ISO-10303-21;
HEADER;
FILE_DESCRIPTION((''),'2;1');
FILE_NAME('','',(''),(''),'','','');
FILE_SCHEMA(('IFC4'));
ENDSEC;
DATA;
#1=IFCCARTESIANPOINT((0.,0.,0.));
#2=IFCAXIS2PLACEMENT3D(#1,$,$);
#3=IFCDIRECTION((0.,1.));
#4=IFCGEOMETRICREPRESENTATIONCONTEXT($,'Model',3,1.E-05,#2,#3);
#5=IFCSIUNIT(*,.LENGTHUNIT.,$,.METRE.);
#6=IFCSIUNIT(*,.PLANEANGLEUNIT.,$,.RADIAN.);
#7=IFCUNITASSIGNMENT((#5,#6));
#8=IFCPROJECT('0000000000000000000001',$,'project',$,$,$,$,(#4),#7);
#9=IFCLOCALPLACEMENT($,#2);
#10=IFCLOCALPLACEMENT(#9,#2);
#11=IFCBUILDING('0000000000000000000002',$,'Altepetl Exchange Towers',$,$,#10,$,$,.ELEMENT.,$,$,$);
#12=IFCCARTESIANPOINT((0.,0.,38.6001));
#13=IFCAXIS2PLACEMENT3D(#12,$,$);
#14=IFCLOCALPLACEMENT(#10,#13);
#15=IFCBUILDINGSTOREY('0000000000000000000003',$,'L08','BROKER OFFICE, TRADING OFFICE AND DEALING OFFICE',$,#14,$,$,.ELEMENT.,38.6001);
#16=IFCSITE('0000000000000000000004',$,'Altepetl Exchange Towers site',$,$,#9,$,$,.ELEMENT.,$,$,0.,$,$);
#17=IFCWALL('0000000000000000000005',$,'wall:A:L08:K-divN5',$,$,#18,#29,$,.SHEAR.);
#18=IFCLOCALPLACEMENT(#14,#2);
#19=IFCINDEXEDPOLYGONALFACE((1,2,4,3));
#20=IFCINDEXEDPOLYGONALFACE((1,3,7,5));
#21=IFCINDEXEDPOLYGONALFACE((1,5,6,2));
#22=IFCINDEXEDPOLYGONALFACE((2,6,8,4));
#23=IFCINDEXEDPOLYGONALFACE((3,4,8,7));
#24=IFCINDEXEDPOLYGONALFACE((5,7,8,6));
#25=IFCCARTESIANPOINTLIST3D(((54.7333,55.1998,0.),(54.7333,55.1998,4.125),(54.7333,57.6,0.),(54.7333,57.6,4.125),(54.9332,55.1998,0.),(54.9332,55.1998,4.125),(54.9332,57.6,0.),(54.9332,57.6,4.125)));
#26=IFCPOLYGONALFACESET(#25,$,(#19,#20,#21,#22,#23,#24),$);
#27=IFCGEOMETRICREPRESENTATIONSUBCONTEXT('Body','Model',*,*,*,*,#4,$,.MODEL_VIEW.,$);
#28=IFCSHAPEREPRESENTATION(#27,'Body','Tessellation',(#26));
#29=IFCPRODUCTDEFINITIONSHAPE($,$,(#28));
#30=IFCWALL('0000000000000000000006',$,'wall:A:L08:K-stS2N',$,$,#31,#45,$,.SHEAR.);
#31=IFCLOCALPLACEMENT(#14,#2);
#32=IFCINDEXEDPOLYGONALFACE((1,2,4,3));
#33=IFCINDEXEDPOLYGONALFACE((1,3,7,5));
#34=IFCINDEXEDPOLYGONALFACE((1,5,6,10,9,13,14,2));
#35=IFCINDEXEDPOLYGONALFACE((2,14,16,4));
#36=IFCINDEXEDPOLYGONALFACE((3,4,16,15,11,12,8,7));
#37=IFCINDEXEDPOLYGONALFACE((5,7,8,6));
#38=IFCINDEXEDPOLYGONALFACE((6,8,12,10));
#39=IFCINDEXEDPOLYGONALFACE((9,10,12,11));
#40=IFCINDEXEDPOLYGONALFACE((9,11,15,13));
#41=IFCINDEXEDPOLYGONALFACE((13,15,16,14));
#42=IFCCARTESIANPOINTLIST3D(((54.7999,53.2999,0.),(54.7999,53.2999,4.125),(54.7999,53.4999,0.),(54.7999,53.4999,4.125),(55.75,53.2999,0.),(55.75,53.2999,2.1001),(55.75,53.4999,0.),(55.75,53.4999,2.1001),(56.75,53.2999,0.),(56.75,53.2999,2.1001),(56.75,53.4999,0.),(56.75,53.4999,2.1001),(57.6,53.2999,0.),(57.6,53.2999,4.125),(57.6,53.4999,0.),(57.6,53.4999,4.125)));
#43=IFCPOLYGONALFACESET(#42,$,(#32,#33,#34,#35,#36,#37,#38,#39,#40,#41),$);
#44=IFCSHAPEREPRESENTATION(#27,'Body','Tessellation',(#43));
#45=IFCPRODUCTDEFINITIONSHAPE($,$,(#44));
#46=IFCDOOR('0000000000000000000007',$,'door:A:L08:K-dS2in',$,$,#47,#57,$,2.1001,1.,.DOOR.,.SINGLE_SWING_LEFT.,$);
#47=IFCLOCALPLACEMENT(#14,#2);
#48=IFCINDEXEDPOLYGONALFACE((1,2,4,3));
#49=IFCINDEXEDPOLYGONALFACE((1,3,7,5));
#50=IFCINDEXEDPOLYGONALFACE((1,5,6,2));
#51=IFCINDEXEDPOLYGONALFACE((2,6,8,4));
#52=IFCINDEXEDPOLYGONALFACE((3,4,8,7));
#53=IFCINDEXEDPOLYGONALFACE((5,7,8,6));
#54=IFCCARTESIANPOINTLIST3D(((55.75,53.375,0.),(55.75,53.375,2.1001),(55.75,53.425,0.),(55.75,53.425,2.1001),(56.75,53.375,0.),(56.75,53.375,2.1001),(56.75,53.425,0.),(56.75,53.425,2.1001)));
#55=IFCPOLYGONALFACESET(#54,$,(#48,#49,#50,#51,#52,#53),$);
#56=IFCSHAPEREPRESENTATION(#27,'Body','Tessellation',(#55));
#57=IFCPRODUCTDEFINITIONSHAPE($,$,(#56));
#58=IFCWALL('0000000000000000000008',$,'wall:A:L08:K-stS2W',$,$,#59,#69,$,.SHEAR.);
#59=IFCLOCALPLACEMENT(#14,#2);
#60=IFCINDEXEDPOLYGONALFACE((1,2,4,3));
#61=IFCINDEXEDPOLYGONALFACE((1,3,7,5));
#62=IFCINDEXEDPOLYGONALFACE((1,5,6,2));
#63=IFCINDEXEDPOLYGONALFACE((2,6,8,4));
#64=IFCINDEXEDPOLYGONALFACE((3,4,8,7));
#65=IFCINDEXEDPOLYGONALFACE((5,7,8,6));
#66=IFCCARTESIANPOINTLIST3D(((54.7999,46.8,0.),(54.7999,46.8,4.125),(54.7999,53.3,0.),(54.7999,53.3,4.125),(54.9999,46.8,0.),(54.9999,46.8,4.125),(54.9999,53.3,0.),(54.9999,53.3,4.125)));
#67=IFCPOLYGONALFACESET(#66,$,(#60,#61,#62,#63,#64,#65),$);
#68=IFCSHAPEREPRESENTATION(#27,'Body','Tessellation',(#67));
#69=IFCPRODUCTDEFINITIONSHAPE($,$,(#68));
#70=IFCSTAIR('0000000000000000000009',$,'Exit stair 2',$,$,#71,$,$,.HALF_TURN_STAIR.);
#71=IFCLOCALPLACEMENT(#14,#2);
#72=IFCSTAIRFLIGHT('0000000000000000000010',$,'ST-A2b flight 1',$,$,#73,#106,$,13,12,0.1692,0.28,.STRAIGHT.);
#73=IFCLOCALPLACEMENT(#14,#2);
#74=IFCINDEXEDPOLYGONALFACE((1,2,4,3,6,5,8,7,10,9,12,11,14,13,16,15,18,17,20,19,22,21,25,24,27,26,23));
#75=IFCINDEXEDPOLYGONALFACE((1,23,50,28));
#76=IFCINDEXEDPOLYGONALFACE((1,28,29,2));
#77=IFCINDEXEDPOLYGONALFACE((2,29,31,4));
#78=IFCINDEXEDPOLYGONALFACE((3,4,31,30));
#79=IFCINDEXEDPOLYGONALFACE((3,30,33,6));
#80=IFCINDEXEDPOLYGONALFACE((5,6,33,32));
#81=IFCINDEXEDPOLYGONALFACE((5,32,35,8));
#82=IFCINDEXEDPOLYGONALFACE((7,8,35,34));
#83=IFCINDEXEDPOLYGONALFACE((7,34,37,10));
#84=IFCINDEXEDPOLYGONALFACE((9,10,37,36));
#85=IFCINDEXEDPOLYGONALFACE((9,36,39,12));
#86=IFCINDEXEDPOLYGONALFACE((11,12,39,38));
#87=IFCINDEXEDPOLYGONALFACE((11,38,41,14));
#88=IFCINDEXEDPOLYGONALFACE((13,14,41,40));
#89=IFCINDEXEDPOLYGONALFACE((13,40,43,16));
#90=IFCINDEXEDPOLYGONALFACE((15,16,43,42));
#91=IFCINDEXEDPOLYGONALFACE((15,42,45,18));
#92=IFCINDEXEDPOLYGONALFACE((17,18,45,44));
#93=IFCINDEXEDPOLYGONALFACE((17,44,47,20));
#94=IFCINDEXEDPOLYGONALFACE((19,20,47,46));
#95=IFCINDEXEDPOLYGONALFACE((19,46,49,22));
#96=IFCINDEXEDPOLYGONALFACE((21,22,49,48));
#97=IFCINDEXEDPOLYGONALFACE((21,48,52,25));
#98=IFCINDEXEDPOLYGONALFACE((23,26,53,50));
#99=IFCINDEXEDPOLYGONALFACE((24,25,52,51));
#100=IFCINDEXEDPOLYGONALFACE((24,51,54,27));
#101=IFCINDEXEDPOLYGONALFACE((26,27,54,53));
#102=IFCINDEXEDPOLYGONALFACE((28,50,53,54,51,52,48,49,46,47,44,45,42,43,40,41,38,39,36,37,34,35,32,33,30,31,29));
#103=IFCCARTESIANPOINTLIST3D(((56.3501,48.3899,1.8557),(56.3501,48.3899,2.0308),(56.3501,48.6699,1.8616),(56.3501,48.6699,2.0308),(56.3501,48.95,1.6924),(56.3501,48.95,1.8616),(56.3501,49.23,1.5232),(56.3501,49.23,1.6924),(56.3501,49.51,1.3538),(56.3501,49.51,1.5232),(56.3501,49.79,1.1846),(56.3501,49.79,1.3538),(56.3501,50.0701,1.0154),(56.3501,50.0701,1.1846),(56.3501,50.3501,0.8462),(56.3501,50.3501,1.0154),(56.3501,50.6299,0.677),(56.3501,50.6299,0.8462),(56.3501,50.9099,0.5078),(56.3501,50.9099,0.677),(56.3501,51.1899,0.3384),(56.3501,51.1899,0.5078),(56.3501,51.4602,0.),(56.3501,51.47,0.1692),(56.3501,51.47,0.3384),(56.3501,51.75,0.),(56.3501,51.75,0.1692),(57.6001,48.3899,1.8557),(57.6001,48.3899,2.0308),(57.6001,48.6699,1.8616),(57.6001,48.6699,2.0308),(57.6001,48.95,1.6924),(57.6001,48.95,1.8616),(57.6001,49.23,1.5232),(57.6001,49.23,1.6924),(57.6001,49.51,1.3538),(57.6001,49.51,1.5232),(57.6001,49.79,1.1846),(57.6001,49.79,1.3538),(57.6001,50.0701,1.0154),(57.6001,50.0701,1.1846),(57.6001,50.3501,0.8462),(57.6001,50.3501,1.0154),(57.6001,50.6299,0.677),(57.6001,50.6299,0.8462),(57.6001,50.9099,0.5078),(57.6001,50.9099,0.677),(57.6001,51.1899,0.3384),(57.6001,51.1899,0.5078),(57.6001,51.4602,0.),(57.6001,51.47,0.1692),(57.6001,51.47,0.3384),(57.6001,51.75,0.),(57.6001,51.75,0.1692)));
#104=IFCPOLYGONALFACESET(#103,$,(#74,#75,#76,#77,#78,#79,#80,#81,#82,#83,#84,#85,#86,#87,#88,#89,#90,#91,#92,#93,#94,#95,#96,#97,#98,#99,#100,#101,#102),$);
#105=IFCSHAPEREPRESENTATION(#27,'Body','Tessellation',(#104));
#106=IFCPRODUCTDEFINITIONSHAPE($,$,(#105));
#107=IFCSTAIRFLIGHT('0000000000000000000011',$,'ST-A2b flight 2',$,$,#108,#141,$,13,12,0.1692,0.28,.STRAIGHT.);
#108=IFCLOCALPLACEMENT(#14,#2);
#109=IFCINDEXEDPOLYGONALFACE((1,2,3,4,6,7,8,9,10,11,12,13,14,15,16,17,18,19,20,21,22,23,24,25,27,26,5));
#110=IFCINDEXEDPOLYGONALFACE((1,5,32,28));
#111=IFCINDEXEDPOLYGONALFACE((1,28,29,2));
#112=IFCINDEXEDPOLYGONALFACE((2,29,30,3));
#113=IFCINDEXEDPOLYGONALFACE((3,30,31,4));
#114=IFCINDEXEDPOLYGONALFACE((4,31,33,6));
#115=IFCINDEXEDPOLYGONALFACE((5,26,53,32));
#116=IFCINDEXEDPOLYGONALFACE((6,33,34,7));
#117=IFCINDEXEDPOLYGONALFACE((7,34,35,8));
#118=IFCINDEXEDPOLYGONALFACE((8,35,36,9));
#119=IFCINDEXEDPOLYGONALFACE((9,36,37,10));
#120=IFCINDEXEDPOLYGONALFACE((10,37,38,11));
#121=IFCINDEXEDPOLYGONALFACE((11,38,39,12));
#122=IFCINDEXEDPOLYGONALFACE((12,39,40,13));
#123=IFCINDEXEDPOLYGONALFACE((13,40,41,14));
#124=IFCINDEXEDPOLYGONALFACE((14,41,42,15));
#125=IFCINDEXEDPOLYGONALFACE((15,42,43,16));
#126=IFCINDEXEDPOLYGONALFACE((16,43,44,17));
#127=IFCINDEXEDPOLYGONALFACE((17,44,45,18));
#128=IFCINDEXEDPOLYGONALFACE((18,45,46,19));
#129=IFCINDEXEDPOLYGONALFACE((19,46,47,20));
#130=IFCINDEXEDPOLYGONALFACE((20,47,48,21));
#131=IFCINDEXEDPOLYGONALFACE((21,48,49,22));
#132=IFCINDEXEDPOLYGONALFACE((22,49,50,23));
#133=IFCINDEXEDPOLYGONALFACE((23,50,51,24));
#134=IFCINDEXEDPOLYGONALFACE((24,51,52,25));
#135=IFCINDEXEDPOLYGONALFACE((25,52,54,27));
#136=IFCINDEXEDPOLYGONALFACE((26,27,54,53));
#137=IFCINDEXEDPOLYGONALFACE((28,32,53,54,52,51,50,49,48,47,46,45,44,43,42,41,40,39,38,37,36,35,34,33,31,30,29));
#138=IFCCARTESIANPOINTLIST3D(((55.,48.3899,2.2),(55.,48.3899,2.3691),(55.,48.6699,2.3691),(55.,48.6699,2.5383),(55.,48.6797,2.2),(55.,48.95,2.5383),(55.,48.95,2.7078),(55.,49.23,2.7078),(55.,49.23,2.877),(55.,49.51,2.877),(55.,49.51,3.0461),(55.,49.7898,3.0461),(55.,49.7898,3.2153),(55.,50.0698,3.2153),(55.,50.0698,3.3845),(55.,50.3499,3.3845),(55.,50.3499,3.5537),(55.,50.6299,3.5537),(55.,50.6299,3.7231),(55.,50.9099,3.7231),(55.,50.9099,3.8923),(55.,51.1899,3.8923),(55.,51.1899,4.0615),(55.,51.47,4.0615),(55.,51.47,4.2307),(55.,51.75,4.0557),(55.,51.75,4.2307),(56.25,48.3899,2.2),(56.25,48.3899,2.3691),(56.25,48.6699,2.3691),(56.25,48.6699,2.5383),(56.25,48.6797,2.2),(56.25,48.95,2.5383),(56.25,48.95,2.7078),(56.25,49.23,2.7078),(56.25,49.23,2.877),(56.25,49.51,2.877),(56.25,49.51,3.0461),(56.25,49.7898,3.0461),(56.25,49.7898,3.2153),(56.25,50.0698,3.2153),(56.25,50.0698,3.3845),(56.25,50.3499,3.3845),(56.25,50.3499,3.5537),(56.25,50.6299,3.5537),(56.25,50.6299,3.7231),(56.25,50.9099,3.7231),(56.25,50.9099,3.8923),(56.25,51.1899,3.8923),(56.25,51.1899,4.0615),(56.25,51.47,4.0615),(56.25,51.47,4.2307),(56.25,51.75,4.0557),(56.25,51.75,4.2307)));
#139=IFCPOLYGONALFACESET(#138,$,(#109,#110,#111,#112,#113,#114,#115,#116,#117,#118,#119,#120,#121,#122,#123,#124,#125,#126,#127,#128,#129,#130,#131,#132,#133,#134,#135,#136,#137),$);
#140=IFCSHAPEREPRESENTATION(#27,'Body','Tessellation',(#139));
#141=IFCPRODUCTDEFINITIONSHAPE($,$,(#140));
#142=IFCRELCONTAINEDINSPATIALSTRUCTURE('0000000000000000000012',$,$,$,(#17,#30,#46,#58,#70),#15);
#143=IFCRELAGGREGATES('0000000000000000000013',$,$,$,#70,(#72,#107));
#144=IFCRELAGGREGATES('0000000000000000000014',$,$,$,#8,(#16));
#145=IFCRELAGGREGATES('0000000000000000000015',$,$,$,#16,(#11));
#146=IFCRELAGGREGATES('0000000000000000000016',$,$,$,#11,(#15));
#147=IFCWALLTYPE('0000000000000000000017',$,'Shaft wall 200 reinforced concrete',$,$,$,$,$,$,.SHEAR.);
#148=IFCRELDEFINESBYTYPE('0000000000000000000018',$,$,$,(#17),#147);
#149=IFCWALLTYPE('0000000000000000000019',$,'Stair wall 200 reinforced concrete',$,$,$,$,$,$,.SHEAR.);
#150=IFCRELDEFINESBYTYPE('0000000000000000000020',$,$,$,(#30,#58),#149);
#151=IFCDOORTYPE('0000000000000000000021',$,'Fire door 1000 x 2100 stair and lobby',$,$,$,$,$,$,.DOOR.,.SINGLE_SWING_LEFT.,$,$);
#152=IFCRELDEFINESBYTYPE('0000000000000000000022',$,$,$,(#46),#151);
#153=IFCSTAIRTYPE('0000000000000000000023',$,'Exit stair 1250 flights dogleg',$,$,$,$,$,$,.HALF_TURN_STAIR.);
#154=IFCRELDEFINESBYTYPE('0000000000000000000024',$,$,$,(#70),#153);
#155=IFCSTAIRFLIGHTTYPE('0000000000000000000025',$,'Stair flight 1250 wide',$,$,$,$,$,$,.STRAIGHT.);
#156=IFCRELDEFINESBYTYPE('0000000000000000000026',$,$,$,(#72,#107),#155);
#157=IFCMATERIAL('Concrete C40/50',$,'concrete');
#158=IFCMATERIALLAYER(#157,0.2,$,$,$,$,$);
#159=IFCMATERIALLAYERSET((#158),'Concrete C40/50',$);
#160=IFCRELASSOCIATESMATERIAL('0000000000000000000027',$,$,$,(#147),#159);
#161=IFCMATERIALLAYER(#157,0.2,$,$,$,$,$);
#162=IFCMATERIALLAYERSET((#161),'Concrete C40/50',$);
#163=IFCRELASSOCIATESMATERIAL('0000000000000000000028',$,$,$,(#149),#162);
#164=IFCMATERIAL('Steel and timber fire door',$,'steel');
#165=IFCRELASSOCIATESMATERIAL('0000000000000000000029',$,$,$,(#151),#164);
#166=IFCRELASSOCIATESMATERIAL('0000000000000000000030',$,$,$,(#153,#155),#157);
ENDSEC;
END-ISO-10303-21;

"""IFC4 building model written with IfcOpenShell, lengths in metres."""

from ifc_helpers import new_model, si_unit, direction, frame, frame_2d, origin, place, context, subcontext, project, spatial, polyline, rectangle, outline, extrude, material, layer, layer_set, type_object, element, fill, aggregate, save


model = new_model("IFC4")

# Units and contexts
model_context = context("Model", 3, precision=1e-05, world=origin(), true_north=direction((0.0, 1.0)))
body_context = subcontext(model_context, "Body", "Model", "MODEL_VIEW")
ifc_project = project(units=[si_unit("LENGTHUNIT", "METRE"), si_unit("PLANEANGLEUNIT", "RADIAN")], contexts=[model_context])

# Site, building, storey
site_placement = place(None, origin())
site = spatial("IfcSite", under=ifc_project, at=site_placement, Name="Altepetl Exchange Towers site", CompositionType="ELEMENT", RefElevation=0.0)
building_placement = place(site_placement, origin())
building = spatial("IfcBuilding", under=site, at=building_placement, Name="Altepetl Exchange Towers", CompositionType="ELEMENT")
storey_placement = place(building_placement, frame((0.0, 0.0, 38.6001)))
storey = spatial("IfcBuildingStorey", under=building, at=storey_placement, Name="L08", Description="BROKER OFFICE, TRADING OFFICE AND DEALING OFFICE", CompositionType="ELEMENT", Elevation=38.6001)

# Wall
ifc_material_1 = material(Name="Concrete C40/50", Category="concrete")
ifc_layer_1 = layer(ifc_material_1, 0.2)
ifc_layer_set_1 = layer_set([ifc_layer_1], Name="Concrete C40/50")
wall_type_1 = type_object("IfcWallType", Name="Shaft wall 200 reinforced concrete", PredefinedType="SHEAR", material=ifc_layer_set_1)
wall_1_placement = place(storey_placement, frame((54.8333, 57.6001, 0.0), z_axis=(0.0, 0.0, 1.0), x_axis=(0.0, -1.0, 0.0)))
element("IfcWall", 1, at=wall_1_placement, inside=storey, type_object=wall_type_1, Name="wall:A:L08:K-divN5", PredefinedType="SHEAR", context=body_context, shape_type="SweptSolid", body=[
    extrude(rectangle(XDim=2.4001, YDim=0.2, at=frame_2d((1.2002, 0.0))), origin(), (0.0, 0.0, 1.0), 4.125),
])

# Wall, opening, door
ifc_layer_2 = layer(ifc_material_1, 0.2)
ifc_layer_set_2 = layer_set([ifc_layer_2], Name="Concrete C40/50")
wall_type_2 = type_object("IfcWallType", Name="Stair wall 200 reinforced concrete", PredefinedType="SHEAR", material=ifc_layer_set_2)
wall_2_placement = place(storey_placement, frame((54.8, 53.3999, 0.0)))
wall_2 = element("IfcWall", 2, at=wall_2_placement, inside=storey, type_object=wall_type_2, Name="wall:A:L08:K-stS2N", PredefinedType="SHEAR", context=body_context, shape_type="SweptSolid", body=[
    extrude(rectangle(XDim=2.8, YDim=0.2, at=frame_2d((1.3999, 0.0))), origin(), (0.0, 0.0, 1.0), 4.125),
])
opening_placement = place(wall_2_placement, frame((0.95, 0.0, 0.0)))
opening = element("IfcOpeningElement", 3, at=opening_placement, cuts=wall_2, PredefinedType="OPENING", context=body_context, shape_type="SweptSolid", body=[
    extrude(rectangle(XDim=1.0, YDim=2.1001, at=frame_2d((0.5, 1.05))), frame((0.0, 0.1099, 0.0), z_axis=(0.0, -1.0, 0.0), x_axis=(1.0, 0.0, 0.0)), (0.0, 0.0, 1.0), 0.22),
])
ifc_material_2 = material(Name="Steel and timber fire door", Category="steel")
door_type = type_object("IfcDoorType", Name="Fire door 1000 x 2100 stair and lobby", OperationType="SINGLE_SWING_LEFT", PredefinedType="DOOR", material=ifc_material_2)
door_placement = place(opening_placement, frame((1.0, 0.0, 0.0), x_axis=(-1.0, 0.0, 0.0)))
door = element("IfcDoor", 4, at=door_placement, inside=storey, type_object=door_type, Name="door:A:L08:K-dS2in", OperationType="SINGLE_SWING_LEFT", OverallHeight=2.1001, OverallWidth=1.0, PredefinedType="DOOR", context=body_context, shape_type="SweptSolid", body=[
    extrude(rectangle(XDim=1.0, YDim=2.1001, at=frame_2d((0.5, 1.05))), frame((0.0, 0.0249, 0.0), z_axis=(0.0, -1.0, 0.0), x_axis=(1.0, 0.0, 0.0)), (0.0, 0.0, 1.0), 0.05),
])
fill(opening, door)

# Wall
wall_3_placement = place(storey_placement, frame((54.8999, 46.8, 0.0), z_axis=(0.0, 0.0, 1.0), x_axis=(0.0, 1.0, 0.0)))
element("IfcWall", 5, at=wall_3_placement, inside=storey, type_object=wall_type_2, Name="wall:A:L08:K-stS2W", PredefinedType="SHEAR", context=body_context, shape_type="SweptSolid", body=[
    extrude(rectangle(XDim=6.5, YDim=0.2, at=frame_2d((3.25, 0.0))), origin(), (0.0, 0.0, 1.0), 4.125),
])

# Stair, stair flights
stair_type = type_object("IfcStairType", Name="Exit stair 1250 flights dogleg", PredefinedType="HALF_TURN_STAIR", material=ifc_material_1)
stair_placement = place(storey_placement, origin())
stair = element("IfcStair", 6, at=stair_placement, inside=storey, type_object=stair_type, Name="Exit stair 2", PredefinedType="HALF_TURN_STAIR")
stair_flight_type = type_object("IfcStairFlightType", Name="Stair flight 1250 wide", PredefinedType="STRAIGHT", material=ifc_material_1)
stair_flight_1_placement = place(storey_placement, frame((56.9751, 51.75, 0.0), z_axis=(0.0, 0.0, 1.0), x_axis=(0.0, -1.0, 0.0)))
stair_flight_1 = element("IfcStairFlight", 7, at=stair_flight_1_placement, type_object=stair_flight_type, Name="ST-A2b flight 1", NumberOfRisers=13, NumberOfTreads=12, PredefinedType="STRAIGHT", RiserHeight=0.1692, TreadLength=0.28, context=body_context, shape_type="SweptSolid", body=[
    extrude(outline(polyline([(0.0, 0.0), (0.0, 0.1692), (0.28, 0.1692), (0.28, 0.3384), (0.5601, 0.3384), (0.5601, 0.5078), (0.8401, 0.5078), (0.8401, 0.677), (1.1201, 0.677), (1.1201, 0.8462), (1.3999, 0.8462), (1.3999, 1.0154), (1.6799, 1.0154), (1.6799, 1.1846), (1.96, 1.1846), (1.96, 1.3538), (2.24, 1.3538), (2.24, 1.5232), (2.52, 1.5232), (2.52, 1.6924), (2.8, 1.6924), (2.8, 1.8616), (3.0801, 1.8616), (3.0801, 2.0308), (3.3601, 2.0308), (3.3601, 2.2), (3.3601, 1.8557), (0.2898, 0.0), (0.0, 0.0)])), frame((0.0, 0.625, 0.0), z_axis=(0.0, -1.0, 0.0), x_axis=(1.0, 0.0, 0.0)), (0.0, 0.0, 1.0), 1.25),
])
stair_flight_2_placement = place(storey_placement, frame((55.625, 48.3899, 2.2), z_axis=(0.0, 0.0, 1.0), x_axis=(0.0, 1.0, 0.0)))
stair_flight_2 = element("IfcStairFlight", 8, at=stair_flight_2_placement, type_object=stair_flight_type, Name="ST-A2b flight 2", NumberOfRisers=13, NumberOfTreads=12, PredefinedType="STRAIGHT", RiserHeight=0.1692, TreadLength=0.28, context=body_context, shape_type="SweptSolid", body=[
    extrude(outline(polyline([(0.0, 0.0), (0.0, 0.1692), (0.28, 0.1692), (0.28, 0.3384), (0.5601, 0.3384), (0.5601, 0.5078), (0.8401, 0.5078), (0.8401, 0.677), (1.1201, 0.677), (1.1201, 0.8462), (1.3999, 0.8462), (1.3999, 1.0154), (1.6799, 1.0154), (1.6799, 1.1846), (1.96, 1.1846), (1.96, 1.3538), (2.24, 1.3538), (2.24, 1.5232), (2.52, 1.5232), (2.52, 1.6924), (2.8, 1.6924), (2.8, 1.8616), (3.0801, 1.8616), (3.0801, 2.0308), (3.3601, 2.0308), (3.3601, 2.2), (3.3601, 1.8557), (0.2898, 0.0), (0.0, 0.0)])), frame((0.0, 0.625, 0.0), z_axis=(0.0, -1.0, 0.0), x_axis=(1.0, 0.0, 0.0)), (0.0, 0.0, 1.0), 1.25),
])
aggregate(stair, [stair_flight_1, stair_flight_2])

save(model, "model.ifc")
